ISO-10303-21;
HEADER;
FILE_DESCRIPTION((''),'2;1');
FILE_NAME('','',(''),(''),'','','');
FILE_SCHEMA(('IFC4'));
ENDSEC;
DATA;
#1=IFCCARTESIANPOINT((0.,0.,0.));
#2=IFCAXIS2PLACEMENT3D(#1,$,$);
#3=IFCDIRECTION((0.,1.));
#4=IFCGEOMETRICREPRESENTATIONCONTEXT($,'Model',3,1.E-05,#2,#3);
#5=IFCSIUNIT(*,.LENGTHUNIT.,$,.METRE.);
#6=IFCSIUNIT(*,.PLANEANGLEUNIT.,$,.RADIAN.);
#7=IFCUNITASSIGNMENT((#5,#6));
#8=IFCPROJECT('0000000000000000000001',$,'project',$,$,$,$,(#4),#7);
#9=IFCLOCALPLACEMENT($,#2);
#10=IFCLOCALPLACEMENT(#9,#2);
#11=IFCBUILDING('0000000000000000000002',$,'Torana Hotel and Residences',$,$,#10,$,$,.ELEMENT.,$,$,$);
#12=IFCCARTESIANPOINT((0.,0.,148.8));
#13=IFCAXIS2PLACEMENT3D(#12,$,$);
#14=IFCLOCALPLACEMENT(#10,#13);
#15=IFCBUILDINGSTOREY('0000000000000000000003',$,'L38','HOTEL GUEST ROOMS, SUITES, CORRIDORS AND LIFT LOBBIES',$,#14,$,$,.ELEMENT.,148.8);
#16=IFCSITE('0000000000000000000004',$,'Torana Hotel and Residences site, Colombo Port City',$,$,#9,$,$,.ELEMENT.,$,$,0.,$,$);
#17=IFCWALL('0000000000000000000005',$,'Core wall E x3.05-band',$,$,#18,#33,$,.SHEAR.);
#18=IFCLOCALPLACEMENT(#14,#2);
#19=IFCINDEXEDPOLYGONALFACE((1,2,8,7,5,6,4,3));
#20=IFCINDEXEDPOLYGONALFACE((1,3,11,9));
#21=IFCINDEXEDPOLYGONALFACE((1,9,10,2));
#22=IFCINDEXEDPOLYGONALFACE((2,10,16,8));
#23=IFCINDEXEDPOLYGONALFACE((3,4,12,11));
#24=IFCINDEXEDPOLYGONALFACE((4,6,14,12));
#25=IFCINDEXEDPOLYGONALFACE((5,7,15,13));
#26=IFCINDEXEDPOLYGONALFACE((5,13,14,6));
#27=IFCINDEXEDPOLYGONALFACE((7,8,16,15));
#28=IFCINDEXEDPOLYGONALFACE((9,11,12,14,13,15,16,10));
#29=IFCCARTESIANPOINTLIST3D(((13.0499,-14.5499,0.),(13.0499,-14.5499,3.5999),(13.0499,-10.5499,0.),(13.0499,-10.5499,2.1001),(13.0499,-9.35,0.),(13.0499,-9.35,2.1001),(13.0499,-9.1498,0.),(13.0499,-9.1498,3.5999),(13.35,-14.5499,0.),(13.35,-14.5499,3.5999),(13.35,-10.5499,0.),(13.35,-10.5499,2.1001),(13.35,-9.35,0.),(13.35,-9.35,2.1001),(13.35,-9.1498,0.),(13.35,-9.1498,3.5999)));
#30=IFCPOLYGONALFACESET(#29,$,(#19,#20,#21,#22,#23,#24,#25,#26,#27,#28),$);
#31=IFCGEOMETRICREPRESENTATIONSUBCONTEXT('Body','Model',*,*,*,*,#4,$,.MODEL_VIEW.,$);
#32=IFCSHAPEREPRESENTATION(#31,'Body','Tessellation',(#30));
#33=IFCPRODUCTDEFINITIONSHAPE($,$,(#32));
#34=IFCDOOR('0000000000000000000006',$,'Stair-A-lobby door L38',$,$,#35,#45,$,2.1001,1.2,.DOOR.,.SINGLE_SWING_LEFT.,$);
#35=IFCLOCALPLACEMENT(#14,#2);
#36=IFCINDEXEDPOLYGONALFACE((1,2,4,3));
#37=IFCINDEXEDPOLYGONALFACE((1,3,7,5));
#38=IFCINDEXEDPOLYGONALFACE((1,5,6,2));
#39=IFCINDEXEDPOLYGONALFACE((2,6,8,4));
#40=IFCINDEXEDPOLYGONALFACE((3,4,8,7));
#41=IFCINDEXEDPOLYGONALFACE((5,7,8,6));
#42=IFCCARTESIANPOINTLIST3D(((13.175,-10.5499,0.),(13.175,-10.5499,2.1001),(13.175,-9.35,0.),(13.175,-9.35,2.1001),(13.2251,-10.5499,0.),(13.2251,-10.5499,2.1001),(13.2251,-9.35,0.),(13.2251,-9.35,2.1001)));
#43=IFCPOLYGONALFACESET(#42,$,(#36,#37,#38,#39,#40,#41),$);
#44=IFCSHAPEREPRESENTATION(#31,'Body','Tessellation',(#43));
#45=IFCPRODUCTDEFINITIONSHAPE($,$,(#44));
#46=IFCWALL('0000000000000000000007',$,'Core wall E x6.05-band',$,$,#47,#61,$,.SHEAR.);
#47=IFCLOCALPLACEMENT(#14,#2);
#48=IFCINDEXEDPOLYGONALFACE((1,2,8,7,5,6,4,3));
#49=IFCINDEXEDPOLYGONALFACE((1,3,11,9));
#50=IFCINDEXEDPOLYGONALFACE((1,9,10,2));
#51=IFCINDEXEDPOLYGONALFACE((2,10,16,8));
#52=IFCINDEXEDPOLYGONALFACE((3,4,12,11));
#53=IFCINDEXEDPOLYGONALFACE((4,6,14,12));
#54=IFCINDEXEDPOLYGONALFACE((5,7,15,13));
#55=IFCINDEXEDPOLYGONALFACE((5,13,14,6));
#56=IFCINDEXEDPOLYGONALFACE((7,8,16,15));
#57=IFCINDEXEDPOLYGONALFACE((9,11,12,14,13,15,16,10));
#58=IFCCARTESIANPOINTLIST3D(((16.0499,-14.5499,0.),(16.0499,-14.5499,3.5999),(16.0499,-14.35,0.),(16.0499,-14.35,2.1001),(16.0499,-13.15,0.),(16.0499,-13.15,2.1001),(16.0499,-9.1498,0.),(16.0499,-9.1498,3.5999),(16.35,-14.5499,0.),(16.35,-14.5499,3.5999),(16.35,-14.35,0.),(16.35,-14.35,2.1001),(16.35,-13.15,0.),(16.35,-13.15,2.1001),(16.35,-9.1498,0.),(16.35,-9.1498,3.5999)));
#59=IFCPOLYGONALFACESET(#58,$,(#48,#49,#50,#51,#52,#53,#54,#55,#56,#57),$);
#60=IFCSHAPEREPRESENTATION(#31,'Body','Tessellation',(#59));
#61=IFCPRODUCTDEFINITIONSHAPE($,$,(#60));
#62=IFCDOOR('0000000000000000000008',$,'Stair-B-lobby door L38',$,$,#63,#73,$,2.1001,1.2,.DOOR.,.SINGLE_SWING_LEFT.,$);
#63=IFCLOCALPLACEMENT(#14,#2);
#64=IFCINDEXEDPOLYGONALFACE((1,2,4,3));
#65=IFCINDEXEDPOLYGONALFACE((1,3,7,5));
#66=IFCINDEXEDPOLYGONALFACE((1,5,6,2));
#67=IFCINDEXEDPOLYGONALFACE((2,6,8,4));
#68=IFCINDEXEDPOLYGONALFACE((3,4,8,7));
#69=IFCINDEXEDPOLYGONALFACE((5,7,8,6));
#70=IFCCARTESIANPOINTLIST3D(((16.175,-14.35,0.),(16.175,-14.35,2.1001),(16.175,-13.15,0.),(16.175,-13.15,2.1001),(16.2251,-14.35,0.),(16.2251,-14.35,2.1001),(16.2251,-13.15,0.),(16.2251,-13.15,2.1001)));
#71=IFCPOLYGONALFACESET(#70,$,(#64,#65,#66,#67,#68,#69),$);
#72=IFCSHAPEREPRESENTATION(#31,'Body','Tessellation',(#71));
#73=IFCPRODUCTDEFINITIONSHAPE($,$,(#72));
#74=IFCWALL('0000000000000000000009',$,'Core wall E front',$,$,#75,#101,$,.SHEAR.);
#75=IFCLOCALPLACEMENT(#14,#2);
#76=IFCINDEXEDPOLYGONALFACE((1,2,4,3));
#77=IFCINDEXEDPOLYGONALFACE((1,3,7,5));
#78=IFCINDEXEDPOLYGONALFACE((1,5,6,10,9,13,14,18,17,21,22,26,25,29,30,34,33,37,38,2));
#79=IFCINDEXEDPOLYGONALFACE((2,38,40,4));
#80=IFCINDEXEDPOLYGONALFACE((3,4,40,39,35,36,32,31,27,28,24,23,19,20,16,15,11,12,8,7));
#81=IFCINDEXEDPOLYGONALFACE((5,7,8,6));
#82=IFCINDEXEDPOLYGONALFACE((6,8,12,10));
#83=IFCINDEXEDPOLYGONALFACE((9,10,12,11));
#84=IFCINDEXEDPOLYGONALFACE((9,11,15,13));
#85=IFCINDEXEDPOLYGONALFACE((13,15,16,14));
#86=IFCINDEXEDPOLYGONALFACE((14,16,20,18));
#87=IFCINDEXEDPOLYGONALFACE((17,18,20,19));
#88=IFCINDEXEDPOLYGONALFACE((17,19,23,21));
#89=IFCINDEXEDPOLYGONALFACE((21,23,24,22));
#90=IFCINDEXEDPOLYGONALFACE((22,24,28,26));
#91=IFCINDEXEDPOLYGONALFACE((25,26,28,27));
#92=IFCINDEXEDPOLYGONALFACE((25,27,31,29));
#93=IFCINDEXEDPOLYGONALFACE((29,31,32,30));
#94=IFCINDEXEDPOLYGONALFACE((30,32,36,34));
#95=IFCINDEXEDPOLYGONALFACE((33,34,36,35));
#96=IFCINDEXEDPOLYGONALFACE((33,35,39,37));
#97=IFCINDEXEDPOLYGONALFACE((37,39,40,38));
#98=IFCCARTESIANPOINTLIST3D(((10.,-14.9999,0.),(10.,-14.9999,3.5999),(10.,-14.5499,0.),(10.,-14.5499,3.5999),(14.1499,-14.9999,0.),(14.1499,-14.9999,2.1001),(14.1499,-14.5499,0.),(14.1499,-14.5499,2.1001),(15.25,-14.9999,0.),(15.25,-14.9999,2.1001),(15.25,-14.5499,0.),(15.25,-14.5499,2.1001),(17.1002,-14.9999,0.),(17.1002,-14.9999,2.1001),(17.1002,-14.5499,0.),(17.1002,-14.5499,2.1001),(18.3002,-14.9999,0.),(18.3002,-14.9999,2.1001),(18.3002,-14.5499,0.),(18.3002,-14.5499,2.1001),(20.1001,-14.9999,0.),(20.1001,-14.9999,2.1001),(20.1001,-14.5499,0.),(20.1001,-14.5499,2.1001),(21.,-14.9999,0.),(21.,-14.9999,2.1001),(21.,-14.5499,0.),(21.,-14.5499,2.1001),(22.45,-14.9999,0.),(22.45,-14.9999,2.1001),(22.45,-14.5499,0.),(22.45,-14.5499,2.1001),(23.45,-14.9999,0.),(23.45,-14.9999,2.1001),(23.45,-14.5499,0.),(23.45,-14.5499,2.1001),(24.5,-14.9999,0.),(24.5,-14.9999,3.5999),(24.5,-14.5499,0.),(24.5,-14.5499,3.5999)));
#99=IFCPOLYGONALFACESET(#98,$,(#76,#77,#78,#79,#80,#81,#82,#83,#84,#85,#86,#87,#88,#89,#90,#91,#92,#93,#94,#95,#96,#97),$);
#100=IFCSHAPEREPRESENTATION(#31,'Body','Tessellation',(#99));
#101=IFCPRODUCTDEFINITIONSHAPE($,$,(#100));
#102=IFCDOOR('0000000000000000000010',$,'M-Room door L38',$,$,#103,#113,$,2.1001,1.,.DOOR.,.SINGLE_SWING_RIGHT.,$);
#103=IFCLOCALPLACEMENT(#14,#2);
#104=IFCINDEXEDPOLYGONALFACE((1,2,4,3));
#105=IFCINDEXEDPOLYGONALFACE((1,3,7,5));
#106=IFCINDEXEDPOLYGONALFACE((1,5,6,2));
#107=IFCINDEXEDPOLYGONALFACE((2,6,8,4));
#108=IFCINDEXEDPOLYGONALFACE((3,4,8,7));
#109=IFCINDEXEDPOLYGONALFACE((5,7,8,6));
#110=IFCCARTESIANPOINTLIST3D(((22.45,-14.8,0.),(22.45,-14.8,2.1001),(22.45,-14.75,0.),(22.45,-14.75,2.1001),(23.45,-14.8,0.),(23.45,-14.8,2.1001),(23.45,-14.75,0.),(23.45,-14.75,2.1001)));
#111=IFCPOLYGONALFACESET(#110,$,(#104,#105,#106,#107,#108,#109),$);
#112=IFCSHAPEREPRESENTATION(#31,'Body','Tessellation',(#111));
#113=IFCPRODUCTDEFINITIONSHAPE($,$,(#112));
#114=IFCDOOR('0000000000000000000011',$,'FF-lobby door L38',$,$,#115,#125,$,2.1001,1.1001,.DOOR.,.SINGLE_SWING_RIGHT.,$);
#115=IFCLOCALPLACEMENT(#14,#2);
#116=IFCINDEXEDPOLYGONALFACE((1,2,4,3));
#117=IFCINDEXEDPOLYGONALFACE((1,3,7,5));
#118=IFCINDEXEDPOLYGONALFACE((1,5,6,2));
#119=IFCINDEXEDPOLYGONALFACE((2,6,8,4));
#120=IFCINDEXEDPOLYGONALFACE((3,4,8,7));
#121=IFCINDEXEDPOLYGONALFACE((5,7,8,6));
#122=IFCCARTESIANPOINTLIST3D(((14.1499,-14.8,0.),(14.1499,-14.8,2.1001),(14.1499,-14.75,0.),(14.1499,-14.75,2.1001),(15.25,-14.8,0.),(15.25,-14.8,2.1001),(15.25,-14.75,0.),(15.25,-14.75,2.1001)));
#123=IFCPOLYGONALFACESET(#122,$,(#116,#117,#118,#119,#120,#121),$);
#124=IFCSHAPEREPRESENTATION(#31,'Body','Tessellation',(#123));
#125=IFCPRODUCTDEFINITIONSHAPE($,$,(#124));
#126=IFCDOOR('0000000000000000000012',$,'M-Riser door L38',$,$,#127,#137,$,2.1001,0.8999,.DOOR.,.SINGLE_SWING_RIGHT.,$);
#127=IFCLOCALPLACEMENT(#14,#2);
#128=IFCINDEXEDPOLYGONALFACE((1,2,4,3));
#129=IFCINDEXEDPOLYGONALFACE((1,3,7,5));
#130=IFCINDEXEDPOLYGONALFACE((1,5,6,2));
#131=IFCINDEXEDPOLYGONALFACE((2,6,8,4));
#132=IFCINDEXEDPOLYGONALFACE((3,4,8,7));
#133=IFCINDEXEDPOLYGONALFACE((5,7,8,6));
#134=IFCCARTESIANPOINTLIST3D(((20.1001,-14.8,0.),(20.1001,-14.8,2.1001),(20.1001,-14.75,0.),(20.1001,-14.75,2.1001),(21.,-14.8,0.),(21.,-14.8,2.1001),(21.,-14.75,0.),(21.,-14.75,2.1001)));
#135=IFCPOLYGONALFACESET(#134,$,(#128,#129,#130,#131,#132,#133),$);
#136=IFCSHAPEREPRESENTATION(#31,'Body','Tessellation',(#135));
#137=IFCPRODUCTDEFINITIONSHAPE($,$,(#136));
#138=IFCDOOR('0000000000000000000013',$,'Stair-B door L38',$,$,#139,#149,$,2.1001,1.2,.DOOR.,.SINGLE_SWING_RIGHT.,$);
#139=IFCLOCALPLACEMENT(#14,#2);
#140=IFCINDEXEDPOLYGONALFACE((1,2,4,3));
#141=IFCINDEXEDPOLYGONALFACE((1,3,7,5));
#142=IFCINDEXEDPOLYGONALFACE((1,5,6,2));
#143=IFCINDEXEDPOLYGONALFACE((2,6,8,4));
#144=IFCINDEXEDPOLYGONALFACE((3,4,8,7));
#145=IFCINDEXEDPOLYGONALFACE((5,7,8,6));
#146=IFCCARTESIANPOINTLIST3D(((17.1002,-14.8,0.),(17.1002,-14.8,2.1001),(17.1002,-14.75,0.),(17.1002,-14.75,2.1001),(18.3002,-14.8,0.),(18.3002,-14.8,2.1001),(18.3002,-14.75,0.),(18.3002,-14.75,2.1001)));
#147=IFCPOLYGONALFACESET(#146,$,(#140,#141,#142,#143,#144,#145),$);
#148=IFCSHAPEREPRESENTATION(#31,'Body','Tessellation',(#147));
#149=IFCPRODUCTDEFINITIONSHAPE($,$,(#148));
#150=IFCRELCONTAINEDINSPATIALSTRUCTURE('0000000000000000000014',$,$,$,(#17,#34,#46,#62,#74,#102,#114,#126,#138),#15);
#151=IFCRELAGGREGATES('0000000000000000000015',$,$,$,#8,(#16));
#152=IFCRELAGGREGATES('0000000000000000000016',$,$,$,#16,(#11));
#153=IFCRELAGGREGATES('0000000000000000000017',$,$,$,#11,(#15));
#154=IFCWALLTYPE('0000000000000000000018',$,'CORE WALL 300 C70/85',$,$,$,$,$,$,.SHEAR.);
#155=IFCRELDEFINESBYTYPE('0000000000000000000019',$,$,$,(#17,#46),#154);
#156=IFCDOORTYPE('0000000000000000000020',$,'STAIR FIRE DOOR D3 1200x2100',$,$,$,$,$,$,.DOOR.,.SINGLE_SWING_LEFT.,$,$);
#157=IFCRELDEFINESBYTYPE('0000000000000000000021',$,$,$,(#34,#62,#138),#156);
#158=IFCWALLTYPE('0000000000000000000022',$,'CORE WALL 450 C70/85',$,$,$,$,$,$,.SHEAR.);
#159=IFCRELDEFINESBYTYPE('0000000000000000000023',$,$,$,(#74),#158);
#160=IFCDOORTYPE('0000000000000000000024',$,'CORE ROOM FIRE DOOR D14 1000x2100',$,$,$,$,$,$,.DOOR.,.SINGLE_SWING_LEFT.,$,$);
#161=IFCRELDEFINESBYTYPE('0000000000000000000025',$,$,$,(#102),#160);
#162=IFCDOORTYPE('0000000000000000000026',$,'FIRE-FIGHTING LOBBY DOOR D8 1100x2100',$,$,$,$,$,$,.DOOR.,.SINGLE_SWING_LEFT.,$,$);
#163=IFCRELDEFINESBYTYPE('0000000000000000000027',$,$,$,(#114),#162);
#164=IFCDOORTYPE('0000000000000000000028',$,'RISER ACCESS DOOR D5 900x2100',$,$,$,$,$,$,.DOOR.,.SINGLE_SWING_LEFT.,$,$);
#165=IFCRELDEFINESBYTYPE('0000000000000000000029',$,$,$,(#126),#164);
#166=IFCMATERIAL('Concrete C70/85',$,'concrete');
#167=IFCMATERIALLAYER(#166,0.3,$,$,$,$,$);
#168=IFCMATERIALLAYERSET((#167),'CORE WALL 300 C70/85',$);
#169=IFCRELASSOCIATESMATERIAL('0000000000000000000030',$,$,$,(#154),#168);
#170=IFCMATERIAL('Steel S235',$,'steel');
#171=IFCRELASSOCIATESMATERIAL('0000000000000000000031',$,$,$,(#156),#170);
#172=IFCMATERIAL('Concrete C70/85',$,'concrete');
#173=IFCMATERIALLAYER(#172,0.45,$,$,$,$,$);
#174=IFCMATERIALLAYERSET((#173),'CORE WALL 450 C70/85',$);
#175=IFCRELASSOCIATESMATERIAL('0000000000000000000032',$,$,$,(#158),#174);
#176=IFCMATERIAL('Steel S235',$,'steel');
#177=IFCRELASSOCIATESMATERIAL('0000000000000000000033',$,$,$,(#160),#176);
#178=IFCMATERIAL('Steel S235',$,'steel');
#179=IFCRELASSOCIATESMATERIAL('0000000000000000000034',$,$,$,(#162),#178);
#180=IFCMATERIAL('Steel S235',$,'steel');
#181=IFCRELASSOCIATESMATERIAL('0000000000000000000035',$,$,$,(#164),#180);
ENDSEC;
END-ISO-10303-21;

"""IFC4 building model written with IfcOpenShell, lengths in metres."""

from ifc_helpers import new_model, si_unit, direction, frame, frame_2d, origin, place, context, subcontext, project, spatial, rectangle, extrude, material, layer, layer_set, type_object, element, fill, save


model = new_model("IFC4")

# Units and contexts
model_context = context("Model", 3, precision=1e-05, world=origin(), true_north=direction((0.0, 1.0)))
body_context = subcontext(model_context, "Body", "Model", "MODEL_VIEW")
ifc_project = project(units=[si_unit("LENGTHUNIT", "METRE"), si_unit("PLANEANGLEUNIT", "RADIAN")], contexts=[model_context])

# Site, building, storey
site_placement = place(None, origin())
site = spatial("IfcSite", under=ifc_project, at=site_placement, Name="Torana Hotel and Residences site, Colombo Port City", CompositionType="ELEMENT", RefElevation=0.0)
building_placement = place(site_placement, origin())
building = spatial("IfcBuilding", under=site, at=building_placement, Name="Torana Hotel and Residences", CompositionType="ELEMENT")
storey_placement = place(building_placement, frame((0.0, 0.0, 148.8)))
storey = spatial("IfcBuildingStorey", under=building, at=storey_placement, Name="L38", Description="HOTEL GUEST ROOMS, SUITES, CORRIDORS AND LIFT LOBBIES", CompositionType="ELEMENT", Elevation=148.8)

# Walls, openings, doors
ifc_material_1 = material(Name="Concrete C70/85", Category="concrete")
ifc_layer_1 = layer(ifc_material_1, 0.3)
ifc_layer_set_1 = layer_set([ifc_layer_1], Name="CORE WALL 300 C70/85")
wall_type_1 = type_object("IfcWallType", Name="CORE WALL 300 C70/85", PredefinedType="SHEAR", material=ifc_layer_set_1)
wall_1_placement = place(storey_placement, frame((13.2, -14.55, 0.0), z_axis=(0.0, 0.0, 1.0), x_axis=(0.0, 1.0, 0.0)))
wall_1 = element("IfcWall", 1, at=wall_1_placement, inside=storey, type_object=wall_type_1, Name="Core wall E x3.05-band", PredefinedType="SHEAR", context=body_context, shape_type="SweptSolid", body=[
    extrude(rectangle(XDim=5.4001, YDim=0.3, at=frame_2d((2.7002, 0.0))), origin(), (0.0, 0.0, 1.0), 3.5999),
])
opening_1_placement = place(wall_1_placement, frame((4.0, 0.0, 0.0)))
opening_1 = element("IfcOpeningElement", 2, at=opening_1_placement, cuts=wall_1, PredefinedType="OPENING", context=body_context, shape_type="SweptSolid", body=[
    extrude(rectangle(XDim=1.2, YDim=2.1001, at=frame_2d((0.6001, 1.05))), frame((0.0, 0.1599, 0.0), z_axis=(0.0, -1.0, 0.0), x_axis=(1.0, 0.0, 0.0)), (0.0, 0.0, 1.0), 0.3201),
])
ifc_material_2 = material(Name="Steel S235", Category="steel")
door_type_1 = type_object("IfcDoorType", Name="STAIR FIRE DOOR D3 1200x2100", OperationType="SINGLE_SWING_LEFT", PredefinedType="DOOR", material=ifc_material_2)
door_1_placement = place(opening_1_placement, origin())
door_1 = element("IfcDoor", 3, at=door_1_placement, inside=storey, type_object=door_type_1, Name="Stair-A-lobby door L38", OperationType="SINGLE_SWING_LEFT", OverallHeight=2.1001, OverallWidth=1.2, PredefinedType="DOOR", context=body_context, shape_type="SweptSolid", body=[
    extrude(rectangle(XDim=1.2, YDim=2.1001, at=frame_2d((0.6001, 1.05))), frame((0.0, 0.0249, 0.0), z_axis=(0.0, -1.0, 0.0), x_axis=(1.0, 0.0, 0.0)), (0.0, 0.0, 1.0), 0.05),
])
fill(opening_1, door_1)
wall_2_placement = place(storey_placement, frame((16.2, -14.55, 0.0), z_axis=(0.0, 0.0, 1.0), x_axis=(0.0, 1.0, 0.0)))
wall_2 = element("IfcWall", 4, at=wall_2_placement, inside=storey, type_object=wall_type_1, Name="Core wall E x6.05-band", PredefinedType="SHEAR", context=body_context, shape_type="SweptSolid", body=[
    extrude(rectangle(XDim=5.4001, YDim=0.3, at=frame_2d((2.7002, 0.0))), origin(), (0.0, 0.0, 1.0), 3.5999),
])
opening_2_placement = place(wall_2_placement, frame((0.2, 0.0, 0.0)))
opening_2 = element("IfcOpeningElement", 5, at=opening_2_placement, cuts=wall_2, PredefinedType="OPENING", context=body_context, shape_type="SweptSolid", body=[
    extrude(rectangle(XDim=1.2, YDim=2.1001, at=frame_2d((0.6001, 1.05))), frame((0.0, 0.1599, 0.0), z_axis=(0.0, -1.0, 0.0), x_axis=(1.0, 0.0, 0.0)), (0.0, 0.0, 1.0), 0.3201),
])
door_2_placement = place(opening_2_placement, frame((0.6001, 0.0, 0.0), z_axis=(0.0, 0.0, 1.0), x_axis=(-1.0, 0.0, 0.0)))
door_2 = element("IfcDoor", 6, at=door_2_placement, inside=storey, type_object=door_type_1, Name="Stair-B-lobby door L38", OperationType="SINGLE_SWING_LEFT", OverallHeight=2.1001, OverallWidth=1.2, PredefinedType="DOOR", context=body_context, shape_type="SweptSolid", body=[
    extrude(rectangle(XDim=1.2, YDim=2.1001, at=frame_2d((0.0, 1.05))), frame((0.0, -0.0249, 0.0), z_axis=(0.0, 1.0, 0.0), x_axis=(-1.0, 0.0, 0.0)), (0.0, 0.0, 1.0), 0.05),
])
fill(opening_2, door_2)

# Wall, openings, doors
ifc_material_3 = material(Name="Concrete C70/85", Category="concrete")
ifc_layer_2 = layer(ifc_material_3, 0.45)
ifc_layer_set_2 = layer_set([ifc_layer_2], Name="CORE WALL 450 C70/85")
wall_type_2 = type_object("IfcWallType", Name="CORE WALL 450 C70/85", PredefinedType="SHEAR", material=ifc_layer_set_2)
wall_3_placement = place(storey_placement, frame((10.0, -14.7749, 0.0), z_axis=(0.0, 0.0, 1.0), x_axis=(1.0, 0.0, 0.0)))
wall_3 = element("IfcWall", 7, at=wall_3_placement, inside=storey, type_object=wall_type_2, Name="Core wall E front", PredefinedType="SHEAR", context=body_context, shape_type="SweptSolid", body=[
    extrude(rectangle(XDim=14.5, YDim=0.45, at=frame_2d((7.25, 0.0))), origin(), (0.0, 0.0, 1.0), 3.5999),
])
opening_3_placement = place(wall_3_placement, frame((7.1001, 0.0, 0.0)))
opening_3 = element("IfcOpeningElement", 8, at=opening_3_placement, cuts=wall_3, PredefinedType="OPENING", context=body_context, shape_type="SweptSolid", body=[
    extrude(rectangle(XDim=1.2, YDim=2.1001, at=frame_2d((0.6001, 1.05))), frame((0.0, 0.2349, 0.0), z_axis=(0.0, -1.0, 0.0), x_axis=(1.0, 0.0, 0.0)), (0.0, 0.0, 1.0), 0.47),
])
opening_4_placement = place(wall_3_placement, frame((4.1499, 0.0, 0.0)))
opening_4 = element("IfcOpeningElement", 9, at=opening_4_placement, cuts=wall_3, PredefinedType="OPENING", context=body_context, shape_type="SweptSolid", body=[
    extrude(rectangle(XDim=1.1001, YDim=2.1001, at=frame_2d((0.55, 1.05))), frame((0.0, 0.2349, 0.0), z_axis=(0.0, -1.0, 0.0), x_axis=(1.0, 0.0, 0.0)), (0.0, 0.0, 1.0), 0.47),
])
opening_5_placement = place(wall_3_placement, frame((10.1001, 0.0, 0.0)))
opening_5 = element("IfcOpeningElement", 10, at=opening_5_placement, cuts=wall_3, PredefinedType="OPENING", context=body_context, shape_type="SweptSolid", body=[
    extrude(rectangle(XDim=0.8999, YDim=2.1001, at=frame_2d((0.45, 1.05))), frame((0.0, 0.2349, 0.0), z_axis=(0.0, -1.0, 0.0), x_axis=(1.0, 0.0, 0.0)), (0.0, 0.0, 1.0), 0.47),
])
opening_6_placement = place(wall_3_placement, frame((12.45, 0.0, 0.0)))
opening_6 = element("IfcOpeningElement", 11, at=opening_6_placement, cuts=wall_3, PredefinedType="OPENING", context=body_context, shape_type="SweptSolid", body=[
    extrude(rectangle(XDim=1.0, YDim=2.1001, at=frame_2d((0.5, 1.05))), frame((0.0, 0.2349, 0.0), z_axis=(0.0, -1.0, 0.0), x_axis=(1.0, 0.0, 0.0)), (0.0, 0.0, 1.0), 0.47),
])
ifc_material_4 = material(Name="Steel S235", Category="steel")
door_type_2 = type_object("IfcDoorType", Name="CORE ROOM FIRE DOOR D14 1000x2100", OperationType="SINGLE_SWING_LEFT", PredefinedType="DOOR", material=ifc_material_4)
door_3_placement = place(opening_6_placement, origin())
door_3 = element("IfcDoor", 12, at=door_3_placement, inside=storey, type_object=door_type_2, Name="M-Room door L38", OperationType="SINGLE_SWING_RIGHT", OverallHeight=2.1001, OverallWidth=1.0, PredefinedType="DOOR", context=body_context, shape_type="SweptSolid", body=[
    extrude(rectangle(XDim=1.0, YDim=2.1001, at=frame_2d((0.5, 1.05))), frame((0.0, 0.0249, 0.0), z_axis=(0.0, -1.0, 0.0), x_axis=(1.0, 0.0, 0.0)), (0.0, 0.0, 1.0), 0.05),
])
fill(opening_6, door_3)
ifc_material_5 = material(Name="Steel S235", Category="steel")
door_type_3 = type_object("IfcDoorType", Name="FIRE-FIGHTING LOBBY DOOR D8 1100x2100", OperationType="SINGLE_SWING_LEFT", PredefinedType="DOOR", material=ifc_material_5)
door_4_placement = place(opening_4_placement, origin())
door_4 = element("IfcDoor", 13, at=door_4_placement, inside=storey, type_object=door_type_3, Name="FF-lobby door L38", OperationType="SINGLE_SWING_RIGHT", OverallHeight=2.1001, OverallWidth=1.1001, PredefinedType="DOOR", context=body_context, shape_type="SweptSolid", body=[
    extrude(rectangle(XDim=1.1001, YDim=2.1001, at=frame_2d((0.55, 1.05))), frame((0.0, 0.0249, 0.0), z_axis=(0.0, -1.0, 0.0), x_axis=(1.0, 0.0, 0.0)), (0.0, 0.0, 1.0), 0.05),
])
fill(opening_4, door_4)
ifc_material_6 = material(Name="Steel S235", Category="steel")
door_type_4 = type_object("IfcDoorType", Name="RISER ACCESS DOOR D5 900x2100", OperationType="SINGLE_SWING_LEFT", PredefinedType="DOOR", material=ifc_material_6)
door_5_placement = place(opening_5_placement, origin())
door_5 = element("IfcDoor", 14, at=door_5_placement, inside=storey, type_object=door_type_4, Name="M-Riser door L38", OperationType="SINGLE_SWING_RIGHT", OverallHeight=2.1001, OverallWidth=0.8999, PredefinedType="DOOR", context=body_context, shape_type="SweptSolid", body=[
    extrude(rectangle(XDim=0.8999, YDim=2.1001, at=frame_2d((0.45, 1.05))), frame((0.0, 0.0249, 0.0), z_axis=(0.0, -1.0, 0.0), x_axis=(1.0, 0.0, 0.0)), (0.0, 0.0, 1.0), 0.05),
])
fill(opening_5, door_5)
door_6_placement = place(opening_3_placement, origin())
door_6 = element("IfcDoor", 15, at=door_6_placement, inside=storey, type_object=door_type_1, Name="Stair-B door L38", OperationType="SINGLE_SWING_RIGHT", OverallHeight=2.1001, OverallWidth=1.2, PredefinedType="DOOR", context=body_context, shape_type="SweptSolid", body=[
    extrude(rectangle(XDim=1.2, YDim=2.1001, at=frame_2d((0.6001, 1.05))), frame((0.0, 0.0249, 0.0), z_axis=(0.0, -1.0, 0.0), x_axis=(1.0, 0.0, 0.0)), (0.0, 0.0, 1.0), 0.05),
])
fill(opening_3, door_6)

save(model, "model.ifc")
